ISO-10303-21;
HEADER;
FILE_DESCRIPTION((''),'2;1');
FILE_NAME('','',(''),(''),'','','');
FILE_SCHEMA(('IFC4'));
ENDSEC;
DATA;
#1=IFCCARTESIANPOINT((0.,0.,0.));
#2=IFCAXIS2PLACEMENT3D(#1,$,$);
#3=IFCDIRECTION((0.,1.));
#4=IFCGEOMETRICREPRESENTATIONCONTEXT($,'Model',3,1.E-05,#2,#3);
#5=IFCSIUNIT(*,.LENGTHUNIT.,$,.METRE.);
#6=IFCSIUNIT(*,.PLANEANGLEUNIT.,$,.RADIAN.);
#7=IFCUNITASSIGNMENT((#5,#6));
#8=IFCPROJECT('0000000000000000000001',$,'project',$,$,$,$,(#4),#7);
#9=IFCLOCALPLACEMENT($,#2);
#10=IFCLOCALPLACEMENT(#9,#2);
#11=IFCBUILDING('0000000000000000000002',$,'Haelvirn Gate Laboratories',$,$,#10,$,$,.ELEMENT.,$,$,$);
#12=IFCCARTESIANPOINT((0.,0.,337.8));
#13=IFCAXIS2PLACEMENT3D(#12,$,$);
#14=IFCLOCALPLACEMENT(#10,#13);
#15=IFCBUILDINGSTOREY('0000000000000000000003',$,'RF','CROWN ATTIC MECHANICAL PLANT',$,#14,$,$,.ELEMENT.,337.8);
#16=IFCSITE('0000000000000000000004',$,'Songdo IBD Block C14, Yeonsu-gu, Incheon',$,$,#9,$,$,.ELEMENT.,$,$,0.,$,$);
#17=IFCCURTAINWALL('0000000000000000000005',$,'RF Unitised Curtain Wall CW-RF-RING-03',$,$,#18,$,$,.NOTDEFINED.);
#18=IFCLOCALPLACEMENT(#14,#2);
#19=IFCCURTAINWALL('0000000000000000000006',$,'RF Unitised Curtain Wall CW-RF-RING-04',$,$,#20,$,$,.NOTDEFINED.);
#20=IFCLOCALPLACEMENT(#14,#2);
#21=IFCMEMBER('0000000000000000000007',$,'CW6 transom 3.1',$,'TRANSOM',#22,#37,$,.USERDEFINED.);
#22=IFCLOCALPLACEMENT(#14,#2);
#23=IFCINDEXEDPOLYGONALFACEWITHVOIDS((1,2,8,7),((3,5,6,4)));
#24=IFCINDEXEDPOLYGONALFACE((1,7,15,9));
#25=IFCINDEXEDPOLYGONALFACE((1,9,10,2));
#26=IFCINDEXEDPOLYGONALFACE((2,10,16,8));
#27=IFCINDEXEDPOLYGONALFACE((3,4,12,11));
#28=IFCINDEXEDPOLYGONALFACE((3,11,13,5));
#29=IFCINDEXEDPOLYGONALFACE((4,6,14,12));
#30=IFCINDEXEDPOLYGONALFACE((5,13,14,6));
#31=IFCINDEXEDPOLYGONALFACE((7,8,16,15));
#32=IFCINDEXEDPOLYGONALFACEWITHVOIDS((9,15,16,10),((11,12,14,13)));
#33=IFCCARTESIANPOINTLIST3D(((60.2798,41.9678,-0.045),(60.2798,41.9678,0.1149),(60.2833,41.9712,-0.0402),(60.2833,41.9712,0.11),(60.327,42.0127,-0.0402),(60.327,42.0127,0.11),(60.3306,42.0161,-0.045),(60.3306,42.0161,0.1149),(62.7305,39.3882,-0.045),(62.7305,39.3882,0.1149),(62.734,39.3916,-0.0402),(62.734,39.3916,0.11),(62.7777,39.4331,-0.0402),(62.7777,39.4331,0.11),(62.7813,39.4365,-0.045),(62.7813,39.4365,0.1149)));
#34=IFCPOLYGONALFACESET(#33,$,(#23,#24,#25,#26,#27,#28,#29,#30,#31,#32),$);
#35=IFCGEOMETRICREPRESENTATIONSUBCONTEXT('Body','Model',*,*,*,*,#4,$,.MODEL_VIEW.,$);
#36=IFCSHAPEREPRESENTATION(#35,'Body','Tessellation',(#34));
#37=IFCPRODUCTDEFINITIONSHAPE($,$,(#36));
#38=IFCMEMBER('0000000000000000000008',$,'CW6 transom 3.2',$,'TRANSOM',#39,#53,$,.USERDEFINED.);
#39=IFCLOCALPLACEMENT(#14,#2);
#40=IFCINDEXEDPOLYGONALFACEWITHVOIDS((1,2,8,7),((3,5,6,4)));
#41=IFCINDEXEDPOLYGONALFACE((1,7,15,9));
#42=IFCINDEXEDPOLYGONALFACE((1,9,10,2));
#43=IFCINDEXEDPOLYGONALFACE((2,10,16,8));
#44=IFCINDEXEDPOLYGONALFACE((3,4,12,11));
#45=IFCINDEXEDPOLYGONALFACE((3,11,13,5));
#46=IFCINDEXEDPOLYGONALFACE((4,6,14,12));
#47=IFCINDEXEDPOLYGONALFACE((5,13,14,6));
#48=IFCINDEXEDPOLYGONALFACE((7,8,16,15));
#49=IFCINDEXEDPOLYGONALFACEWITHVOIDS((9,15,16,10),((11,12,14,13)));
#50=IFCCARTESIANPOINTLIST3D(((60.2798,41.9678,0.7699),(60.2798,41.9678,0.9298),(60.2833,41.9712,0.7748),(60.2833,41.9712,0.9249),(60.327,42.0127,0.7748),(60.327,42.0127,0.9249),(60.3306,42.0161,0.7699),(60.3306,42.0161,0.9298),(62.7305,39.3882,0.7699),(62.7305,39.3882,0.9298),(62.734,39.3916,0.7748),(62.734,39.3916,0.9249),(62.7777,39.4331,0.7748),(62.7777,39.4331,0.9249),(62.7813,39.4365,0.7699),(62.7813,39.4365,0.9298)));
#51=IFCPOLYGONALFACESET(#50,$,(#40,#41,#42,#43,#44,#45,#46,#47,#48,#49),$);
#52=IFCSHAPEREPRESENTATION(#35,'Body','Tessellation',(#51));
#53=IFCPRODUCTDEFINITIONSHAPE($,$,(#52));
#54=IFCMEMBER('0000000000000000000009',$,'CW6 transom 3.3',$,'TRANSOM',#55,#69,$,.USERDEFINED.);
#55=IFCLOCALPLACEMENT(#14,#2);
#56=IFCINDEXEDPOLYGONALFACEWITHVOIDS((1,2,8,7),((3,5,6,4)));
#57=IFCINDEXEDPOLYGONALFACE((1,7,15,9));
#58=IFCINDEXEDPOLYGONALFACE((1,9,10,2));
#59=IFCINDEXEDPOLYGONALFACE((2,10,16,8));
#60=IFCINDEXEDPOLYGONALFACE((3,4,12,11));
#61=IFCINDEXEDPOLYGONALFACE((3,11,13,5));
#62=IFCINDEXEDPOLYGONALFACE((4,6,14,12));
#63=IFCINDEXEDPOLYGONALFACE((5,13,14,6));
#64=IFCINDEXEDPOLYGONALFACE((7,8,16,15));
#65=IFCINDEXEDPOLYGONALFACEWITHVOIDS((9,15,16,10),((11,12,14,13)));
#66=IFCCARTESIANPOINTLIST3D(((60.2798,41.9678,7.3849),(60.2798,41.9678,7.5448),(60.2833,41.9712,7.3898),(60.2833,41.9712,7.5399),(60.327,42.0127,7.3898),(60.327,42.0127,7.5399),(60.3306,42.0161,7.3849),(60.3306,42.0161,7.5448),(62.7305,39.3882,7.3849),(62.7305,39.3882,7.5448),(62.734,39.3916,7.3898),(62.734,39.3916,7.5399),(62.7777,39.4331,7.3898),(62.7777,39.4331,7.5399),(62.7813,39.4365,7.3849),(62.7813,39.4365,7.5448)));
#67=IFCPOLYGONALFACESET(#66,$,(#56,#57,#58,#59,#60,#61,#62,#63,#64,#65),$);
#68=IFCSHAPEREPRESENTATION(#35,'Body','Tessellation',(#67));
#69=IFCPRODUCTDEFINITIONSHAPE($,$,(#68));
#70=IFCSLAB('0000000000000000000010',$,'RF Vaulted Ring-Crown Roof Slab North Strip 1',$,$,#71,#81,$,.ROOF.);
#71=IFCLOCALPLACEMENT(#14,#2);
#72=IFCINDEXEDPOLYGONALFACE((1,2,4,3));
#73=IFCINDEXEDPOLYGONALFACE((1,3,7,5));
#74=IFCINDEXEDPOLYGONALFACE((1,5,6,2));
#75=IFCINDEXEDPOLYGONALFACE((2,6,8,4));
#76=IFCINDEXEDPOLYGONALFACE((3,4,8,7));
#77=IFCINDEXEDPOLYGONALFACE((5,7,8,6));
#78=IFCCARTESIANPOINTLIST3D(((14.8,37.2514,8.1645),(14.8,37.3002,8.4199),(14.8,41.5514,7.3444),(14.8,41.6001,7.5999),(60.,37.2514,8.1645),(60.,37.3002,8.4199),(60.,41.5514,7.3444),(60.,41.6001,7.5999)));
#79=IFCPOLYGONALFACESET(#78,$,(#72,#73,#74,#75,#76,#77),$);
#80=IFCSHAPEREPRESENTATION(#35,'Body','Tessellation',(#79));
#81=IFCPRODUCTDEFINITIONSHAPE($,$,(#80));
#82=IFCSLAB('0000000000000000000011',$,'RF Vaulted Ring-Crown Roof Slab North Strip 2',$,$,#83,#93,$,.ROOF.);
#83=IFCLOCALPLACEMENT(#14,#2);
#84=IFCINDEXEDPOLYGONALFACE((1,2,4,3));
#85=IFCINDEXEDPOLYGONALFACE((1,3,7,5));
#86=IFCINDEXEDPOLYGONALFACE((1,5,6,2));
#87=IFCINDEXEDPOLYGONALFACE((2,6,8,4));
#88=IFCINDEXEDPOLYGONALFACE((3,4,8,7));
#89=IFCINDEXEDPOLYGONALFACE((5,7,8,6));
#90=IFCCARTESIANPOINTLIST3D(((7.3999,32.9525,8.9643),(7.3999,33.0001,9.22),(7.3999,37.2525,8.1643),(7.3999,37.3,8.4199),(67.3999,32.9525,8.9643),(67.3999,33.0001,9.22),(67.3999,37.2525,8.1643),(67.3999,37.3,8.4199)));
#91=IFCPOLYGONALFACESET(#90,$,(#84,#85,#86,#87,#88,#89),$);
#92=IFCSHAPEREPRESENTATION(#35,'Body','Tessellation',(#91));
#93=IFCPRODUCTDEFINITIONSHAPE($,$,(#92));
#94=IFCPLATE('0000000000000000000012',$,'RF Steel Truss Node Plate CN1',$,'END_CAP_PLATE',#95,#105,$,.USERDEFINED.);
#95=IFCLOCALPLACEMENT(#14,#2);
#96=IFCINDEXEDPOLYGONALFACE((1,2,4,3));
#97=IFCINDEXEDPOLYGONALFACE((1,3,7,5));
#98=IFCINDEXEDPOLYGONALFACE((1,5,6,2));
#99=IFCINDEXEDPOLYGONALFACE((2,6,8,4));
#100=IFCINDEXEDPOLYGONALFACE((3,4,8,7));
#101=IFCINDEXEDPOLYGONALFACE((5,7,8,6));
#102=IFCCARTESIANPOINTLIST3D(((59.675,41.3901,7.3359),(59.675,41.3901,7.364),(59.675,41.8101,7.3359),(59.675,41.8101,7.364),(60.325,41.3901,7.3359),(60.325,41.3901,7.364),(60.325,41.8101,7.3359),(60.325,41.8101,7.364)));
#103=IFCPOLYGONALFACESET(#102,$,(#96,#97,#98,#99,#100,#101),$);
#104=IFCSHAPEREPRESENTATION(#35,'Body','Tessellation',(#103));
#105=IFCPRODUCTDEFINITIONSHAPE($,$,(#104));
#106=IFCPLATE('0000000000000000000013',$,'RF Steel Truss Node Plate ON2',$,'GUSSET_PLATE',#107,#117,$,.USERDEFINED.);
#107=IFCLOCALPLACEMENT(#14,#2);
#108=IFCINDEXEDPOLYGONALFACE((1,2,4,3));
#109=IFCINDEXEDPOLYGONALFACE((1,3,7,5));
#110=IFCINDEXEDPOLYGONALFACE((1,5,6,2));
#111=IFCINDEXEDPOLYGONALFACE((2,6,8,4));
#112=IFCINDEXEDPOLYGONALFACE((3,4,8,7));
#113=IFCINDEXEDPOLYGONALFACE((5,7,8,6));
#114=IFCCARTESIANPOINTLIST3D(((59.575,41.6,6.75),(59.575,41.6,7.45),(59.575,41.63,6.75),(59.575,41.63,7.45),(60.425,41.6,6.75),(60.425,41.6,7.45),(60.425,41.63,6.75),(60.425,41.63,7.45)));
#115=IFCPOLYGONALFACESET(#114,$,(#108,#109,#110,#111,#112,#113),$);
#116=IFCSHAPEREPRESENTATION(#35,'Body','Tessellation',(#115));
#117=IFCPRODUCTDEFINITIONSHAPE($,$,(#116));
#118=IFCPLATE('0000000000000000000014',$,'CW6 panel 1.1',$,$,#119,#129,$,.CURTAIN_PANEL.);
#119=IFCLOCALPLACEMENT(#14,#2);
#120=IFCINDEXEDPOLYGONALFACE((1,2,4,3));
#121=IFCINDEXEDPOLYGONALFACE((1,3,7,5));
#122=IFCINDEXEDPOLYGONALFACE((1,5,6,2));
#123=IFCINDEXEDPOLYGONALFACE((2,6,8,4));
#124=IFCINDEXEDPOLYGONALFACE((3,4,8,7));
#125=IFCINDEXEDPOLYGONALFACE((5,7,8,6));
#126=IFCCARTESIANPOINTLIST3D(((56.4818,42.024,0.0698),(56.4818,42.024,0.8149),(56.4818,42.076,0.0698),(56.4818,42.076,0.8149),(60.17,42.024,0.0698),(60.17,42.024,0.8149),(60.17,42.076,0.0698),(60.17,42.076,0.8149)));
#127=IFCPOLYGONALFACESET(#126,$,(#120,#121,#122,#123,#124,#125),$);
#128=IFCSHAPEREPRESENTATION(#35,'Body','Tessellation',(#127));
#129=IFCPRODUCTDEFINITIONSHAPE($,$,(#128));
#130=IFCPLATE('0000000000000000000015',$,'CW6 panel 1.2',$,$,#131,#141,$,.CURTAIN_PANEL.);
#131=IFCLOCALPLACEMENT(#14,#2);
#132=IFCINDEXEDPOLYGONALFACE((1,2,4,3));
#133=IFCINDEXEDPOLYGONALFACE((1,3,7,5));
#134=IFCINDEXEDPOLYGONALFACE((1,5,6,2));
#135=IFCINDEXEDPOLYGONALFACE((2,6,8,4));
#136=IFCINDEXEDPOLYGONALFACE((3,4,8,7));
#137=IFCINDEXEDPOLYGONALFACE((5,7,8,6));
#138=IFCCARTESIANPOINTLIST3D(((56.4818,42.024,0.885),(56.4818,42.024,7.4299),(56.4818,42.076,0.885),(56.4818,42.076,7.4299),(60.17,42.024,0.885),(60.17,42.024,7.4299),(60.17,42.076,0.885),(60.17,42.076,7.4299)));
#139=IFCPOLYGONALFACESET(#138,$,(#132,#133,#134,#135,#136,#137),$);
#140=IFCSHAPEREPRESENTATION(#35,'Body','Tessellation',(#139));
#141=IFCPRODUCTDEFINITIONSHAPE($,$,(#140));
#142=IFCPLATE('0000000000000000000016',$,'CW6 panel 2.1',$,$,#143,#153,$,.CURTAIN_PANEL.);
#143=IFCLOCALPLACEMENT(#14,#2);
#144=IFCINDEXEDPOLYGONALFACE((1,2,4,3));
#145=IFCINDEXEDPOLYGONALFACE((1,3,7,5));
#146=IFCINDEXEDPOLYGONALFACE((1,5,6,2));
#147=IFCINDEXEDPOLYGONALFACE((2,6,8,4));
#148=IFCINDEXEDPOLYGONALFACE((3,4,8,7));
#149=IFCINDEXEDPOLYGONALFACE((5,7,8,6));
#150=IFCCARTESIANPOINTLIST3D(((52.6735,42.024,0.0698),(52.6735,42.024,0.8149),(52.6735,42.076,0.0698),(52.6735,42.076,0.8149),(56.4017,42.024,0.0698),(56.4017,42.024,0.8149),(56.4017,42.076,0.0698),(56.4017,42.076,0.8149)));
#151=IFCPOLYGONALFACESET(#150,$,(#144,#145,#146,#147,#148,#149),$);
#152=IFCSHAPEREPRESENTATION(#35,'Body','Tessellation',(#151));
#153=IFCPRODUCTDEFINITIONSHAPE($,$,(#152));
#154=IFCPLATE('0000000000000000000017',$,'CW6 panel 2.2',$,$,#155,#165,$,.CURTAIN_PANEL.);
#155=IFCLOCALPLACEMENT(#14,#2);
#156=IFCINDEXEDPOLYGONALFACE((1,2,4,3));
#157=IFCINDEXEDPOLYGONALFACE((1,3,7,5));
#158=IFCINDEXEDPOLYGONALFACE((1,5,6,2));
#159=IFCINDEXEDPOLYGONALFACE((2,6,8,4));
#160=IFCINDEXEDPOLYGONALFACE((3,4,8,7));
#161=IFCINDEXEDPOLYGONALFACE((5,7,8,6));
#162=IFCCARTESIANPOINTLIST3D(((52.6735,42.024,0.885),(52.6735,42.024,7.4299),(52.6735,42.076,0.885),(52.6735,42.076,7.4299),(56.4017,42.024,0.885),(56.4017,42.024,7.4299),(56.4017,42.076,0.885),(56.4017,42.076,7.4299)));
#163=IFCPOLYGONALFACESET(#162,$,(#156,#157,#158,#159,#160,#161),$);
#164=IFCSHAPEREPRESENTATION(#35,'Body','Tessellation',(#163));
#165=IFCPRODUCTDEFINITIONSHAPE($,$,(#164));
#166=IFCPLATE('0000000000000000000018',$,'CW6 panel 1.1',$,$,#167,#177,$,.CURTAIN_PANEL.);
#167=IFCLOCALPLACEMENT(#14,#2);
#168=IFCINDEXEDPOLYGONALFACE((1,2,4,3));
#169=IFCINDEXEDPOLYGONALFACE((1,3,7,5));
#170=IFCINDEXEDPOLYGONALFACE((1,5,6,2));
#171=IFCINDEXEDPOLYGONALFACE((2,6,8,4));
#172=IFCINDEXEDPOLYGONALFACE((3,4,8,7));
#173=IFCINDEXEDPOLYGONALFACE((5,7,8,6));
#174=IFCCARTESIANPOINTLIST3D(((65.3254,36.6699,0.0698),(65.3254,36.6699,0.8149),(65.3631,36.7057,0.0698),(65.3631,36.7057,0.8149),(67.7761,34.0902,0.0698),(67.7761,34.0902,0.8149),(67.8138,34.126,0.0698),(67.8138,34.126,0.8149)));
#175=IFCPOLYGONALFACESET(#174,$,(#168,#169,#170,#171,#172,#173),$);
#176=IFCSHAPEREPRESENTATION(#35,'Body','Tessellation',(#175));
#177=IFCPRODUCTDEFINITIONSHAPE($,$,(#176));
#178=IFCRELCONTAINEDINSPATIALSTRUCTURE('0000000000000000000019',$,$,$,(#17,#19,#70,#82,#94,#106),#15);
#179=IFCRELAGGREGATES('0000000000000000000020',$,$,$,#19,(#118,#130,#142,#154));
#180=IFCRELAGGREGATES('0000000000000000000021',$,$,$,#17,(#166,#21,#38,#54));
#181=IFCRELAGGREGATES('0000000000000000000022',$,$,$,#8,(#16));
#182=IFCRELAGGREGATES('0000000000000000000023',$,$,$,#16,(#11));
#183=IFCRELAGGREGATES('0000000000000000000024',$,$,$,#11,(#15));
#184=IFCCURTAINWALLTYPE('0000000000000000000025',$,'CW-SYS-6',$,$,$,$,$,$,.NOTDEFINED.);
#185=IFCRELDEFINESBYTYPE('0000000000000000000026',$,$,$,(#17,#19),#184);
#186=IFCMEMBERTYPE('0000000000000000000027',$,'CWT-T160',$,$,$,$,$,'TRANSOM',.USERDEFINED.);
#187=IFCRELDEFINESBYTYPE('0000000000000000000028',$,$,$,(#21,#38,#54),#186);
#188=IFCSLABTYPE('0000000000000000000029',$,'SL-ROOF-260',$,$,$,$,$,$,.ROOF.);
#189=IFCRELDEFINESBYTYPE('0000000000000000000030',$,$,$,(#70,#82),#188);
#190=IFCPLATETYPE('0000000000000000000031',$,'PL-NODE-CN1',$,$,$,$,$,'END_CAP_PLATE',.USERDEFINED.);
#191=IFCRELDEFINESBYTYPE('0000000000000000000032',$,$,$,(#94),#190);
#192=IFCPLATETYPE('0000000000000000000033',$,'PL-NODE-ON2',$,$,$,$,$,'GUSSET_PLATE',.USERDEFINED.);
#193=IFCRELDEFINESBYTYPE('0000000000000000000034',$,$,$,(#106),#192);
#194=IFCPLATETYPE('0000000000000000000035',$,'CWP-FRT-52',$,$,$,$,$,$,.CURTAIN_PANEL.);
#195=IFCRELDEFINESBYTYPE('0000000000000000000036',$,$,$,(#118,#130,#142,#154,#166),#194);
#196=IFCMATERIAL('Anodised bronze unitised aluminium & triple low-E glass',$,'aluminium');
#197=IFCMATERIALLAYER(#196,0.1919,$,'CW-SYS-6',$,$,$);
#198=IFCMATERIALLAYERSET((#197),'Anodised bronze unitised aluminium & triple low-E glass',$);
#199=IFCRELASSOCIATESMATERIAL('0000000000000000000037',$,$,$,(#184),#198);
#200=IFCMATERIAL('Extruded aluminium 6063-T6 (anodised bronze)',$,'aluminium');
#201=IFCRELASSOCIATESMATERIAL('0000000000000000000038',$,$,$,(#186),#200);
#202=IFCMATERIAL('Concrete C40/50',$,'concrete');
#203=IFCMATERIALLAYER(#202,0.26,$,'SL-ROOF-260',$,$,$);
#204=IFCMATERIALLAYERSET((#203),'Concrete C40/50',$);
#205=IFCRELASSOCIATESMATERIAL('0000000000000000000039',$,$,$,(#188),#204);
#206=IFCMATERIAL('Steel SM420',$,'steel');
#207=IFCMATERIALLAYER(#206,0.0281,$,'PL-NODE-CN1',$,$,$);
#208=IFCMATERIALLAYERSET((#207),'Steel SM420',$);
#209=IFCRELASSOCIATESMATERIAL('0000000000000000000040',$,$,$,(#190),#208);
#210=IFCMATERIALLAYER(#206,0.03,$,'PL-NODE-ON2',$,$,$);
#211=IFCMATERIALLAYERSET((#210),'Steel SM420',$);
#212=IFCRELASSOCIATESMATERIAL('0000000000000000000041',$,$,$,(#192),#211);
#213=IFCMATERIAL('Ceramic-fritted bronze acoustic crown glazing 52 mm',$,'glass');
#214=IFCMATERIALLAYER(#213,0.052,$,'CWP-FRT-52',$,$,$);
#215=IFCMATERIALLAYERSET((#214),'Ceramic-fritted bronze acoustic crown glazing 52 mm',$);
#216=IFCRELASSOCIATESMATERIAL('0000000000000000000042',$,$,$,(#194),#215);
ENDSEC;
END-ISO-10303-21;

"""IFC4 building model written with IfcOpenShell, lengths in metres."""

from ifc_helpers import new_model, si_unit, direction, frame, origin, origin_2d, place, context, subcontext, project, spatial, polyline, rectangle, hollow_rectangle, outline, extrude, source, transform, mapped, material, layer, layer_set, material_profile, profile_set, type_object, type_shapes, element, aggregate, save


model = new_model("IFC4")

# Units and contexts
model_context = context("Model", 3, precision=1e-05, world=origin(), true_north=direction((0.0, 1.0)))
body_context = subcontext(model_context, "Body", "Model", "MODEL_VIEW")
ifc_project = project(units=[si_unit("LENGTHUNIT", "METRE"), si_unit("PLANEANGLEUNIT", "RADIAN")], contexts=[model_context])

# Site, building, storey
site_placement = place(None, origin())
site = spatial("IfcSite", under=ifc_project, at=site_placement, Name="Songdo IBD Block C14, Yeonsu-gu, Incheon", CompositionType="ELEMENT", RefElevation=0.0)
building_placement = place(site_placement, origin())
building = spatial("IfcBuilding", under=site, at=building_placement, Name="Haelvirn Gate Laboratories", CompositionType="ELEMENT")
storey_placement = place(building_placement, frame((0.0, 0.0, 337.8)))
storey = spatial("IfcBuildingStorey", under=building, at=storey_placement, Name="RF", Description="CROWN ATTIC MECHANICAL PLANT", CompositionType="ELEMENT", Elevation=337.8)

# Shared definitions
ifc_material_1 = material(Name="Steel SM420", Category="steel")

# Curtain walls
ifc_material_2 = material(Name="Anodised bronze unitised aluminium & triple low-E glass", Category="aluminium")
ifc_layer_1 = layer(ifc_material_2, 0.1919, Name="CW-SYS-6")
ifc_layer_set_1 = layer_set([ifc_layer_1], Name="Anodised bronze unitised aluminium & triple low-E glass")
curtain_wall_type = type_object("IfcCurtainWallType", Name="CW-SYS-6", PredefinedType="NOTDEFINED", material=ifc_layer_set_1)
curtain_wall_1_placement = place(storey_placement, origin())
curtain_wall_1 = element("IfcCurtainWall", 1, at=curtain_wall_1_placement, inside=storey, type_object=curtain_wall_type, Name="RF Unitised Curtain Wall CW-RF-RING-03", PredefinedType="NOTDEFINED")
ifc_material_3 = material(Name="Extruded aluminium 6063-T6 (anodised bronze)", Category="aluminium")
curtain_wall_2_placement = place(storey_placement, origin())
curtain_wall_2 = element("IfcCurtainWall", 2, at=curtain_wall_2_placement, inside=storey, type_object=curtain_wall_type, Name="RF Unitised Curtain Wall CW-RF-RING-04", PredefinedType="NOTDEFINED")
ifc_material_profile_1 = material_profile(ifc_material_3, hollow_rectangle(XDim=0.0701, YDim=0.1599, WallThickness=0.0049, at=origin_2d()), Name="CWT-160x70x5")
ifc_profile_set_1 = profile_set([ifc_material_profile_1], Name="Extruded aluminium 6063-T6 (anodised bronze)")
member_type_1 = type_object("IfcMemberType", Name="CWT-T160", ElementType="TRANSOM", PredefinedType="USERDEFINED", material=ifc_profile_set_1)

# Members
shared_shape_1 = source(origin(), body_context, "Body", "SweptSolid", [
    extrude(hollow_rectangle(XDim=0.0701, YDim=0.1599, WallThickness=0.0049, at=origin_2d()), origin(), (0.0, 0.0, 1.0), 3.5581),
])
member_1_placement = place(storey_placement, frame((62.7559, 39.4124, 0.0349), z_axis=(-0.68876, 0.724989, 0.0), x_axis=(-0.724989, -0.68876, 0.0)))
member_1 = element("IfcMember", 3, at=member_1_placement, type_object=member_type_1, Name="CW6 transom 3.1", ObjectType="TRANSOM", PredefinedType="USERDEFINED", context=body_context, shape_type="MappedRepresentation", body=[
    mapped(shared_shape_1, transform((0.0, 0.0, 0.0), scale=1.0)),
])
member_2_placement = place(storey_placement, frame((62.7559, 39.4124, 0.8499), z_axis=(-0.68876, 0.724989, 0.0), x_axis=(-0.724989, -0.68876, 0.0)))
member_2 = element("IfcMember", 4, at=member_2_placement, type_object=member_type_1, Name="CW6 transom 3.2", ObjectType="TRANSOM", PredefinedType="USERDEFINED", context=body_context, shape_type="MappedRepresentation", body=[
    mapped(shared_shape_1, transform((0.0, 0.0, 0.0), scale=1.0)),
])
member_3_placement = place(storey_placement, frame((62.7559, 39.4124, 7.4648), z_axis=(-0.68876, 0.724989, 0.0), x_axis=(-0.724989, -0.68876, 0.0)))
member_3 = element("IfcMember", 5, at=member_3_placement, type_object=member_type_1, Name="CW6 transom 3.3", ObjectType="TRANSOM", PredefinedType="USERDEFINED", context=body_context, shape_type="MappedRepresentation", body=[
    mapped(shared_shape_1, transform((0.0, 0.0, 0.0), scale=1.0)),
])

# Slabs
ifc_material_4 = material(Name="Concrete C40/50", Category="concrete")
ifc_layer_2 = layer(ifc_material_4, 0.26, Name="SL-ROOF-260")
ifc_layer_set_2 = layer_set([ifc_layer_2], Name="Concrete C40/50")
slab_type = type_object("IfcSlabType", Name="SL-ROOF-260", PredefinedType="ROOF", material=ifc_layer_set_2)
slab_1_placement = place(storey_placement, frame((60.0, 41.6001, 7.5999), z_axis=(0.0, 0.187335, 0.982296), x_axis=(-1.0, 0.0, 0.0)))
element("IfcSlab", 6, at=slab_1_placement, inside=storey, type_object=slab_type, Name="RF Vaulted Ring-Crown Roof Slab North Strip 1", PredefinedType="ROOF", context=body_context, shape_type="SweptSolid", body=[
    extrude(outline(polyline([(0.0, 0.0), (45.2, 0.0), (45.2, 4.3774), (0.0, 4.3774), (0.0, 0.0)])), origin(), (0.0, 0.0, -1.0), 0.26),
])
slab_2_placement = place(storey_placement, frame((67.3999, 37.3, 8.4199), z_axis=(0.0, 0.182917, 0.983128), x_axis=(-1.0, 0.0, 0.0)))
element("IfcSlab", 7, at=slab_2_placement, inside=storey, type_object=slab_type, Name="RF Vaulted Ring-Crown Roof Slab North Strip 2", PredefinedType="ROOF", context=body_context, shape_type="SweptSolid", body=[
    extrude(outline(polyline([(0.0, 0.0), (60.0, 0.0), (60.0, 4.3738), (0.0, 4.3738), (0.0, 0.0)])), origin(), (0.0, 0.0, -1.0), 0.26),
])

# Plates
ifc_layer_3 = layer(ifc_material_1, 0.0281, Name="PL-NODE-CN1")
ifc_layer_set_3 = layer_set([ifc_layer_3], Name="Steel SM420")
plate_type_1 = type_object("IfcPlateType", Name="PL-NODE-CN1", ElementType="END_CAP_PLATE", PredefinedType="USERDEFINED", material=ifc_layer_set_3)
shared_shape_2 = source(origin(), body_context, "Body", "SweptSolid", [
    extrude(rectangle(XDim=0.6499, YDim=0.4199, at=origin_2d()), origin(), (0.0, 0.0, 1.0), 0.0281),
])
type_shapes(plate_type_1, [shared_shape_2])
plate_1_placement = place(storey_placement, frame((60.0, 41.6001, 7.3359), z_axis=(0.0, 0.0, 1.0), x_axis=(1.0, 0.0, 0.0)))
element("IfcPlate", 8, at=plate_1_placement, inside=storey, type_object=plate_type_1, Name="RF Steel Truss Node Plate CN1", ObjectType="END_CAP_PLATE", PredefinedType="USERDEFINED", context=body_context, shape_type="MappedRepresentation", body=[
    mapped(shared_shape_2, transform((0.0, 0.0, 0.0), scale=1.0)),
])
ifc_layer_4 = layer(ifc_material_1, 0.03, Name="PL-NODE-ON2")
ifc_layer_set_4 = layer_set([ifc_layer_4], Name="Steel SM420")
plate_type_2 = type_object("IfcPlateType", Name="PL-NODE-ON2", ElementType="GUSSET_PLATE", PredefinedType="USERDEFINED", material=ifc_layer_set_4)
shared_shape_3 = source(origin(), body_context, "Body", "SweptSolid", [
    extrude(rectangle(XDim=0.8501, YDim=0.03, at=origin_2d()), origin(), (0.0, 0.0, 1.0), 0.7),
])
type_shapes(plate_type_2, [shared_shape_3])
plate_2_placement = place(storey_placement, frame((60.0, 41.615, 6.75), z_axis=(0.0, 0.0, 1.0), x_axis=(1.0, 0.0, 0.0)))
element("IfcPlate", 9, at=plate_2_placement, inside=storey, type_object=plate_type_2, Name="RF Steel Truss Node Plate ON2", ObjectType="GUSSET_PLATE", PredefinedType="USERDEFINED", context=body_context, shape_type="MappedRepresentation", body=[
    mapped(shared_shape_3, transform((0.0, 0.0, 0.0), scale=1.0)),
])

# Plates
ifc_material_5 = material(Name="Ceramic-fritted bronze acoustic crown glazing 52 mm", Category="glass")
ifc_layer_5 = layer(ifc_material_5, 0.052, Name="CWP-FRT-52")
ifc_layer_set_5 = layer_set([ifc_layer_5], Name="Ceramic-fritted bronze acoustic crown glazing 52 mm")
plate_type_3 = type_object("IfcPlateType", Name="CWP-FRT-52", PredefinedType="CURTAIN_PANEL", material=ifc_layer_set_5)
shared_shape_4 = source(origin(), body_context, "Body", "SweptSolid", [
    extrude(rectangle(XDim=3.6882, YDim=0.052, at=origin_2d()), origin(), (0.0, 0.0, 1.0), 0.7451),
])
plate_3_placement = place(storey_placement, frame((58.3259, 42.05, 0.0698), z_axis=(0.0, 0.0, 1.0), x_axis=(-1.0, 0.0, 0.0)))
plate_3 = element("IfcPlate", 10, at=plate_3_placement, type_object=plate_type_3, Name="CW6 panel 1.1", PredefinedType="CURTAIN_PANEL", context=body_context, shape_type="MappedRepresentation", body=[
    mapped(shared_shape_4, transform((0.0, 0.0, 0.0), scale=1.0)),
])
shared_shape_5 = source(origin(), body_context, "Body", "SweptSolid", [
    extrude(rectangle(XDim=3.6882, YDim=0.052, at=origin_2d()), origin(), (0.0, 0.0, 1.0), 6.5449),
])
plate_4_placement = place(storey_placement, frame((58.3259, 42.05, 0.885), z_axis=(0.0, 0.0, 1.0), x_axis=(-1.0, 0.0, 0.0)))
plate_4 = element("IfcPlate", 11, at=plate_4_placement, type_object=plate_type_3, Name="CW6 panel 1.2", PredefinedType="CURTAIN_PANEL", context=body_context, shape_type="MappedRepresentation", body=[
    mapped(shared_shape_5, transform((0.0, 0.0, 0.0), scale=1.0)),
])
shared_shape_6 = source(origin(), body_context, "Body", "SweptSolid", [
    extrude(rectangle(XDim=3.7283, YDim=0.052, at=origin_2d()), origin(), (0.0, 0.0, 1.0), 0.7451),
])
plate_5_placement = place(storey_placement, frame((54.5376, 42.05, 0.0698), z_axis=(0.0, 0.0, 1.0), x_axis=(-1.0, 0.0, 0.0)))
plate_5 = element("IfcPlate", 12, at=plate_5_placement, type_object=plate_type_3, Name="CW6 panel 2.1", PredefinedType="CURTAIN_PANEL", context=body_context, shape_type="MappedRepresentation", body=[
    mapped(shared_shape_6, transform((0.0, 0.0, 0.0), scale=1.0)),
])
shared_shape_7 = source(origin(), body_context, "Body", "SweptSolid", [
    extrude(rectangle(XDim=3.7283, YDim=0.052, at=origin_2d()), origin(), (0.0, 0.0, 1.0), 6.5449),
])
plate_6_placement = place(storey_placement, frame((54.5376, 42.05, 0.885), z_axis=(0.0, 0.0, 1.0), x_axis=(-1.0, 0.0, 0.0)))
plate_6 = element("IfcPlate", 13, at=plate_6_placement, type_object=plate_type_3, Name="CW6 panel 2.2", PredefinedType="CURTAIN_PANEL", context=body_context, shape_type="MappedRepresentation", body=[
    mapped(shared_shape_7, transform((0.0, 0.0, 0.0), scale=1.0)),
])
aggregate(curtain_wall_2, [plate_3, plate_4, plate_5, plate_6])
shared_shape_8 = source(origin(), body_context, "Body", "SweptSolid", [
    extrude(rectangle(XDim=3.5581, YDim=0.052, at=origin_2d()), origin(), (0.0, 0.0, 1.0), 0.7451),
])
plate_7_placement = place(storey_placement, frame((66.5696, 35.3979, 0.0698), z_axis=(0.0, 0.0, 1.0), x_axis=(-0.688749, 0.724999, 0.0)))
plate_7 = element("IfcPlate", 14, at=plate_7_placement, type_object=plate_type_3, Name="CW6 panel 1.1", PredefinedType="CURTAIN_PANEL", context=body_context, shape_type="MappedRepresentation", body=[
    mapped(shared_shape_8, transform((0.0, 0.0, 0.0), scale=1.0)),
])
aggregate(curtain_wall_1, [plate_7, member_1, member_2, member_3])

save(model, "model.ifc")
